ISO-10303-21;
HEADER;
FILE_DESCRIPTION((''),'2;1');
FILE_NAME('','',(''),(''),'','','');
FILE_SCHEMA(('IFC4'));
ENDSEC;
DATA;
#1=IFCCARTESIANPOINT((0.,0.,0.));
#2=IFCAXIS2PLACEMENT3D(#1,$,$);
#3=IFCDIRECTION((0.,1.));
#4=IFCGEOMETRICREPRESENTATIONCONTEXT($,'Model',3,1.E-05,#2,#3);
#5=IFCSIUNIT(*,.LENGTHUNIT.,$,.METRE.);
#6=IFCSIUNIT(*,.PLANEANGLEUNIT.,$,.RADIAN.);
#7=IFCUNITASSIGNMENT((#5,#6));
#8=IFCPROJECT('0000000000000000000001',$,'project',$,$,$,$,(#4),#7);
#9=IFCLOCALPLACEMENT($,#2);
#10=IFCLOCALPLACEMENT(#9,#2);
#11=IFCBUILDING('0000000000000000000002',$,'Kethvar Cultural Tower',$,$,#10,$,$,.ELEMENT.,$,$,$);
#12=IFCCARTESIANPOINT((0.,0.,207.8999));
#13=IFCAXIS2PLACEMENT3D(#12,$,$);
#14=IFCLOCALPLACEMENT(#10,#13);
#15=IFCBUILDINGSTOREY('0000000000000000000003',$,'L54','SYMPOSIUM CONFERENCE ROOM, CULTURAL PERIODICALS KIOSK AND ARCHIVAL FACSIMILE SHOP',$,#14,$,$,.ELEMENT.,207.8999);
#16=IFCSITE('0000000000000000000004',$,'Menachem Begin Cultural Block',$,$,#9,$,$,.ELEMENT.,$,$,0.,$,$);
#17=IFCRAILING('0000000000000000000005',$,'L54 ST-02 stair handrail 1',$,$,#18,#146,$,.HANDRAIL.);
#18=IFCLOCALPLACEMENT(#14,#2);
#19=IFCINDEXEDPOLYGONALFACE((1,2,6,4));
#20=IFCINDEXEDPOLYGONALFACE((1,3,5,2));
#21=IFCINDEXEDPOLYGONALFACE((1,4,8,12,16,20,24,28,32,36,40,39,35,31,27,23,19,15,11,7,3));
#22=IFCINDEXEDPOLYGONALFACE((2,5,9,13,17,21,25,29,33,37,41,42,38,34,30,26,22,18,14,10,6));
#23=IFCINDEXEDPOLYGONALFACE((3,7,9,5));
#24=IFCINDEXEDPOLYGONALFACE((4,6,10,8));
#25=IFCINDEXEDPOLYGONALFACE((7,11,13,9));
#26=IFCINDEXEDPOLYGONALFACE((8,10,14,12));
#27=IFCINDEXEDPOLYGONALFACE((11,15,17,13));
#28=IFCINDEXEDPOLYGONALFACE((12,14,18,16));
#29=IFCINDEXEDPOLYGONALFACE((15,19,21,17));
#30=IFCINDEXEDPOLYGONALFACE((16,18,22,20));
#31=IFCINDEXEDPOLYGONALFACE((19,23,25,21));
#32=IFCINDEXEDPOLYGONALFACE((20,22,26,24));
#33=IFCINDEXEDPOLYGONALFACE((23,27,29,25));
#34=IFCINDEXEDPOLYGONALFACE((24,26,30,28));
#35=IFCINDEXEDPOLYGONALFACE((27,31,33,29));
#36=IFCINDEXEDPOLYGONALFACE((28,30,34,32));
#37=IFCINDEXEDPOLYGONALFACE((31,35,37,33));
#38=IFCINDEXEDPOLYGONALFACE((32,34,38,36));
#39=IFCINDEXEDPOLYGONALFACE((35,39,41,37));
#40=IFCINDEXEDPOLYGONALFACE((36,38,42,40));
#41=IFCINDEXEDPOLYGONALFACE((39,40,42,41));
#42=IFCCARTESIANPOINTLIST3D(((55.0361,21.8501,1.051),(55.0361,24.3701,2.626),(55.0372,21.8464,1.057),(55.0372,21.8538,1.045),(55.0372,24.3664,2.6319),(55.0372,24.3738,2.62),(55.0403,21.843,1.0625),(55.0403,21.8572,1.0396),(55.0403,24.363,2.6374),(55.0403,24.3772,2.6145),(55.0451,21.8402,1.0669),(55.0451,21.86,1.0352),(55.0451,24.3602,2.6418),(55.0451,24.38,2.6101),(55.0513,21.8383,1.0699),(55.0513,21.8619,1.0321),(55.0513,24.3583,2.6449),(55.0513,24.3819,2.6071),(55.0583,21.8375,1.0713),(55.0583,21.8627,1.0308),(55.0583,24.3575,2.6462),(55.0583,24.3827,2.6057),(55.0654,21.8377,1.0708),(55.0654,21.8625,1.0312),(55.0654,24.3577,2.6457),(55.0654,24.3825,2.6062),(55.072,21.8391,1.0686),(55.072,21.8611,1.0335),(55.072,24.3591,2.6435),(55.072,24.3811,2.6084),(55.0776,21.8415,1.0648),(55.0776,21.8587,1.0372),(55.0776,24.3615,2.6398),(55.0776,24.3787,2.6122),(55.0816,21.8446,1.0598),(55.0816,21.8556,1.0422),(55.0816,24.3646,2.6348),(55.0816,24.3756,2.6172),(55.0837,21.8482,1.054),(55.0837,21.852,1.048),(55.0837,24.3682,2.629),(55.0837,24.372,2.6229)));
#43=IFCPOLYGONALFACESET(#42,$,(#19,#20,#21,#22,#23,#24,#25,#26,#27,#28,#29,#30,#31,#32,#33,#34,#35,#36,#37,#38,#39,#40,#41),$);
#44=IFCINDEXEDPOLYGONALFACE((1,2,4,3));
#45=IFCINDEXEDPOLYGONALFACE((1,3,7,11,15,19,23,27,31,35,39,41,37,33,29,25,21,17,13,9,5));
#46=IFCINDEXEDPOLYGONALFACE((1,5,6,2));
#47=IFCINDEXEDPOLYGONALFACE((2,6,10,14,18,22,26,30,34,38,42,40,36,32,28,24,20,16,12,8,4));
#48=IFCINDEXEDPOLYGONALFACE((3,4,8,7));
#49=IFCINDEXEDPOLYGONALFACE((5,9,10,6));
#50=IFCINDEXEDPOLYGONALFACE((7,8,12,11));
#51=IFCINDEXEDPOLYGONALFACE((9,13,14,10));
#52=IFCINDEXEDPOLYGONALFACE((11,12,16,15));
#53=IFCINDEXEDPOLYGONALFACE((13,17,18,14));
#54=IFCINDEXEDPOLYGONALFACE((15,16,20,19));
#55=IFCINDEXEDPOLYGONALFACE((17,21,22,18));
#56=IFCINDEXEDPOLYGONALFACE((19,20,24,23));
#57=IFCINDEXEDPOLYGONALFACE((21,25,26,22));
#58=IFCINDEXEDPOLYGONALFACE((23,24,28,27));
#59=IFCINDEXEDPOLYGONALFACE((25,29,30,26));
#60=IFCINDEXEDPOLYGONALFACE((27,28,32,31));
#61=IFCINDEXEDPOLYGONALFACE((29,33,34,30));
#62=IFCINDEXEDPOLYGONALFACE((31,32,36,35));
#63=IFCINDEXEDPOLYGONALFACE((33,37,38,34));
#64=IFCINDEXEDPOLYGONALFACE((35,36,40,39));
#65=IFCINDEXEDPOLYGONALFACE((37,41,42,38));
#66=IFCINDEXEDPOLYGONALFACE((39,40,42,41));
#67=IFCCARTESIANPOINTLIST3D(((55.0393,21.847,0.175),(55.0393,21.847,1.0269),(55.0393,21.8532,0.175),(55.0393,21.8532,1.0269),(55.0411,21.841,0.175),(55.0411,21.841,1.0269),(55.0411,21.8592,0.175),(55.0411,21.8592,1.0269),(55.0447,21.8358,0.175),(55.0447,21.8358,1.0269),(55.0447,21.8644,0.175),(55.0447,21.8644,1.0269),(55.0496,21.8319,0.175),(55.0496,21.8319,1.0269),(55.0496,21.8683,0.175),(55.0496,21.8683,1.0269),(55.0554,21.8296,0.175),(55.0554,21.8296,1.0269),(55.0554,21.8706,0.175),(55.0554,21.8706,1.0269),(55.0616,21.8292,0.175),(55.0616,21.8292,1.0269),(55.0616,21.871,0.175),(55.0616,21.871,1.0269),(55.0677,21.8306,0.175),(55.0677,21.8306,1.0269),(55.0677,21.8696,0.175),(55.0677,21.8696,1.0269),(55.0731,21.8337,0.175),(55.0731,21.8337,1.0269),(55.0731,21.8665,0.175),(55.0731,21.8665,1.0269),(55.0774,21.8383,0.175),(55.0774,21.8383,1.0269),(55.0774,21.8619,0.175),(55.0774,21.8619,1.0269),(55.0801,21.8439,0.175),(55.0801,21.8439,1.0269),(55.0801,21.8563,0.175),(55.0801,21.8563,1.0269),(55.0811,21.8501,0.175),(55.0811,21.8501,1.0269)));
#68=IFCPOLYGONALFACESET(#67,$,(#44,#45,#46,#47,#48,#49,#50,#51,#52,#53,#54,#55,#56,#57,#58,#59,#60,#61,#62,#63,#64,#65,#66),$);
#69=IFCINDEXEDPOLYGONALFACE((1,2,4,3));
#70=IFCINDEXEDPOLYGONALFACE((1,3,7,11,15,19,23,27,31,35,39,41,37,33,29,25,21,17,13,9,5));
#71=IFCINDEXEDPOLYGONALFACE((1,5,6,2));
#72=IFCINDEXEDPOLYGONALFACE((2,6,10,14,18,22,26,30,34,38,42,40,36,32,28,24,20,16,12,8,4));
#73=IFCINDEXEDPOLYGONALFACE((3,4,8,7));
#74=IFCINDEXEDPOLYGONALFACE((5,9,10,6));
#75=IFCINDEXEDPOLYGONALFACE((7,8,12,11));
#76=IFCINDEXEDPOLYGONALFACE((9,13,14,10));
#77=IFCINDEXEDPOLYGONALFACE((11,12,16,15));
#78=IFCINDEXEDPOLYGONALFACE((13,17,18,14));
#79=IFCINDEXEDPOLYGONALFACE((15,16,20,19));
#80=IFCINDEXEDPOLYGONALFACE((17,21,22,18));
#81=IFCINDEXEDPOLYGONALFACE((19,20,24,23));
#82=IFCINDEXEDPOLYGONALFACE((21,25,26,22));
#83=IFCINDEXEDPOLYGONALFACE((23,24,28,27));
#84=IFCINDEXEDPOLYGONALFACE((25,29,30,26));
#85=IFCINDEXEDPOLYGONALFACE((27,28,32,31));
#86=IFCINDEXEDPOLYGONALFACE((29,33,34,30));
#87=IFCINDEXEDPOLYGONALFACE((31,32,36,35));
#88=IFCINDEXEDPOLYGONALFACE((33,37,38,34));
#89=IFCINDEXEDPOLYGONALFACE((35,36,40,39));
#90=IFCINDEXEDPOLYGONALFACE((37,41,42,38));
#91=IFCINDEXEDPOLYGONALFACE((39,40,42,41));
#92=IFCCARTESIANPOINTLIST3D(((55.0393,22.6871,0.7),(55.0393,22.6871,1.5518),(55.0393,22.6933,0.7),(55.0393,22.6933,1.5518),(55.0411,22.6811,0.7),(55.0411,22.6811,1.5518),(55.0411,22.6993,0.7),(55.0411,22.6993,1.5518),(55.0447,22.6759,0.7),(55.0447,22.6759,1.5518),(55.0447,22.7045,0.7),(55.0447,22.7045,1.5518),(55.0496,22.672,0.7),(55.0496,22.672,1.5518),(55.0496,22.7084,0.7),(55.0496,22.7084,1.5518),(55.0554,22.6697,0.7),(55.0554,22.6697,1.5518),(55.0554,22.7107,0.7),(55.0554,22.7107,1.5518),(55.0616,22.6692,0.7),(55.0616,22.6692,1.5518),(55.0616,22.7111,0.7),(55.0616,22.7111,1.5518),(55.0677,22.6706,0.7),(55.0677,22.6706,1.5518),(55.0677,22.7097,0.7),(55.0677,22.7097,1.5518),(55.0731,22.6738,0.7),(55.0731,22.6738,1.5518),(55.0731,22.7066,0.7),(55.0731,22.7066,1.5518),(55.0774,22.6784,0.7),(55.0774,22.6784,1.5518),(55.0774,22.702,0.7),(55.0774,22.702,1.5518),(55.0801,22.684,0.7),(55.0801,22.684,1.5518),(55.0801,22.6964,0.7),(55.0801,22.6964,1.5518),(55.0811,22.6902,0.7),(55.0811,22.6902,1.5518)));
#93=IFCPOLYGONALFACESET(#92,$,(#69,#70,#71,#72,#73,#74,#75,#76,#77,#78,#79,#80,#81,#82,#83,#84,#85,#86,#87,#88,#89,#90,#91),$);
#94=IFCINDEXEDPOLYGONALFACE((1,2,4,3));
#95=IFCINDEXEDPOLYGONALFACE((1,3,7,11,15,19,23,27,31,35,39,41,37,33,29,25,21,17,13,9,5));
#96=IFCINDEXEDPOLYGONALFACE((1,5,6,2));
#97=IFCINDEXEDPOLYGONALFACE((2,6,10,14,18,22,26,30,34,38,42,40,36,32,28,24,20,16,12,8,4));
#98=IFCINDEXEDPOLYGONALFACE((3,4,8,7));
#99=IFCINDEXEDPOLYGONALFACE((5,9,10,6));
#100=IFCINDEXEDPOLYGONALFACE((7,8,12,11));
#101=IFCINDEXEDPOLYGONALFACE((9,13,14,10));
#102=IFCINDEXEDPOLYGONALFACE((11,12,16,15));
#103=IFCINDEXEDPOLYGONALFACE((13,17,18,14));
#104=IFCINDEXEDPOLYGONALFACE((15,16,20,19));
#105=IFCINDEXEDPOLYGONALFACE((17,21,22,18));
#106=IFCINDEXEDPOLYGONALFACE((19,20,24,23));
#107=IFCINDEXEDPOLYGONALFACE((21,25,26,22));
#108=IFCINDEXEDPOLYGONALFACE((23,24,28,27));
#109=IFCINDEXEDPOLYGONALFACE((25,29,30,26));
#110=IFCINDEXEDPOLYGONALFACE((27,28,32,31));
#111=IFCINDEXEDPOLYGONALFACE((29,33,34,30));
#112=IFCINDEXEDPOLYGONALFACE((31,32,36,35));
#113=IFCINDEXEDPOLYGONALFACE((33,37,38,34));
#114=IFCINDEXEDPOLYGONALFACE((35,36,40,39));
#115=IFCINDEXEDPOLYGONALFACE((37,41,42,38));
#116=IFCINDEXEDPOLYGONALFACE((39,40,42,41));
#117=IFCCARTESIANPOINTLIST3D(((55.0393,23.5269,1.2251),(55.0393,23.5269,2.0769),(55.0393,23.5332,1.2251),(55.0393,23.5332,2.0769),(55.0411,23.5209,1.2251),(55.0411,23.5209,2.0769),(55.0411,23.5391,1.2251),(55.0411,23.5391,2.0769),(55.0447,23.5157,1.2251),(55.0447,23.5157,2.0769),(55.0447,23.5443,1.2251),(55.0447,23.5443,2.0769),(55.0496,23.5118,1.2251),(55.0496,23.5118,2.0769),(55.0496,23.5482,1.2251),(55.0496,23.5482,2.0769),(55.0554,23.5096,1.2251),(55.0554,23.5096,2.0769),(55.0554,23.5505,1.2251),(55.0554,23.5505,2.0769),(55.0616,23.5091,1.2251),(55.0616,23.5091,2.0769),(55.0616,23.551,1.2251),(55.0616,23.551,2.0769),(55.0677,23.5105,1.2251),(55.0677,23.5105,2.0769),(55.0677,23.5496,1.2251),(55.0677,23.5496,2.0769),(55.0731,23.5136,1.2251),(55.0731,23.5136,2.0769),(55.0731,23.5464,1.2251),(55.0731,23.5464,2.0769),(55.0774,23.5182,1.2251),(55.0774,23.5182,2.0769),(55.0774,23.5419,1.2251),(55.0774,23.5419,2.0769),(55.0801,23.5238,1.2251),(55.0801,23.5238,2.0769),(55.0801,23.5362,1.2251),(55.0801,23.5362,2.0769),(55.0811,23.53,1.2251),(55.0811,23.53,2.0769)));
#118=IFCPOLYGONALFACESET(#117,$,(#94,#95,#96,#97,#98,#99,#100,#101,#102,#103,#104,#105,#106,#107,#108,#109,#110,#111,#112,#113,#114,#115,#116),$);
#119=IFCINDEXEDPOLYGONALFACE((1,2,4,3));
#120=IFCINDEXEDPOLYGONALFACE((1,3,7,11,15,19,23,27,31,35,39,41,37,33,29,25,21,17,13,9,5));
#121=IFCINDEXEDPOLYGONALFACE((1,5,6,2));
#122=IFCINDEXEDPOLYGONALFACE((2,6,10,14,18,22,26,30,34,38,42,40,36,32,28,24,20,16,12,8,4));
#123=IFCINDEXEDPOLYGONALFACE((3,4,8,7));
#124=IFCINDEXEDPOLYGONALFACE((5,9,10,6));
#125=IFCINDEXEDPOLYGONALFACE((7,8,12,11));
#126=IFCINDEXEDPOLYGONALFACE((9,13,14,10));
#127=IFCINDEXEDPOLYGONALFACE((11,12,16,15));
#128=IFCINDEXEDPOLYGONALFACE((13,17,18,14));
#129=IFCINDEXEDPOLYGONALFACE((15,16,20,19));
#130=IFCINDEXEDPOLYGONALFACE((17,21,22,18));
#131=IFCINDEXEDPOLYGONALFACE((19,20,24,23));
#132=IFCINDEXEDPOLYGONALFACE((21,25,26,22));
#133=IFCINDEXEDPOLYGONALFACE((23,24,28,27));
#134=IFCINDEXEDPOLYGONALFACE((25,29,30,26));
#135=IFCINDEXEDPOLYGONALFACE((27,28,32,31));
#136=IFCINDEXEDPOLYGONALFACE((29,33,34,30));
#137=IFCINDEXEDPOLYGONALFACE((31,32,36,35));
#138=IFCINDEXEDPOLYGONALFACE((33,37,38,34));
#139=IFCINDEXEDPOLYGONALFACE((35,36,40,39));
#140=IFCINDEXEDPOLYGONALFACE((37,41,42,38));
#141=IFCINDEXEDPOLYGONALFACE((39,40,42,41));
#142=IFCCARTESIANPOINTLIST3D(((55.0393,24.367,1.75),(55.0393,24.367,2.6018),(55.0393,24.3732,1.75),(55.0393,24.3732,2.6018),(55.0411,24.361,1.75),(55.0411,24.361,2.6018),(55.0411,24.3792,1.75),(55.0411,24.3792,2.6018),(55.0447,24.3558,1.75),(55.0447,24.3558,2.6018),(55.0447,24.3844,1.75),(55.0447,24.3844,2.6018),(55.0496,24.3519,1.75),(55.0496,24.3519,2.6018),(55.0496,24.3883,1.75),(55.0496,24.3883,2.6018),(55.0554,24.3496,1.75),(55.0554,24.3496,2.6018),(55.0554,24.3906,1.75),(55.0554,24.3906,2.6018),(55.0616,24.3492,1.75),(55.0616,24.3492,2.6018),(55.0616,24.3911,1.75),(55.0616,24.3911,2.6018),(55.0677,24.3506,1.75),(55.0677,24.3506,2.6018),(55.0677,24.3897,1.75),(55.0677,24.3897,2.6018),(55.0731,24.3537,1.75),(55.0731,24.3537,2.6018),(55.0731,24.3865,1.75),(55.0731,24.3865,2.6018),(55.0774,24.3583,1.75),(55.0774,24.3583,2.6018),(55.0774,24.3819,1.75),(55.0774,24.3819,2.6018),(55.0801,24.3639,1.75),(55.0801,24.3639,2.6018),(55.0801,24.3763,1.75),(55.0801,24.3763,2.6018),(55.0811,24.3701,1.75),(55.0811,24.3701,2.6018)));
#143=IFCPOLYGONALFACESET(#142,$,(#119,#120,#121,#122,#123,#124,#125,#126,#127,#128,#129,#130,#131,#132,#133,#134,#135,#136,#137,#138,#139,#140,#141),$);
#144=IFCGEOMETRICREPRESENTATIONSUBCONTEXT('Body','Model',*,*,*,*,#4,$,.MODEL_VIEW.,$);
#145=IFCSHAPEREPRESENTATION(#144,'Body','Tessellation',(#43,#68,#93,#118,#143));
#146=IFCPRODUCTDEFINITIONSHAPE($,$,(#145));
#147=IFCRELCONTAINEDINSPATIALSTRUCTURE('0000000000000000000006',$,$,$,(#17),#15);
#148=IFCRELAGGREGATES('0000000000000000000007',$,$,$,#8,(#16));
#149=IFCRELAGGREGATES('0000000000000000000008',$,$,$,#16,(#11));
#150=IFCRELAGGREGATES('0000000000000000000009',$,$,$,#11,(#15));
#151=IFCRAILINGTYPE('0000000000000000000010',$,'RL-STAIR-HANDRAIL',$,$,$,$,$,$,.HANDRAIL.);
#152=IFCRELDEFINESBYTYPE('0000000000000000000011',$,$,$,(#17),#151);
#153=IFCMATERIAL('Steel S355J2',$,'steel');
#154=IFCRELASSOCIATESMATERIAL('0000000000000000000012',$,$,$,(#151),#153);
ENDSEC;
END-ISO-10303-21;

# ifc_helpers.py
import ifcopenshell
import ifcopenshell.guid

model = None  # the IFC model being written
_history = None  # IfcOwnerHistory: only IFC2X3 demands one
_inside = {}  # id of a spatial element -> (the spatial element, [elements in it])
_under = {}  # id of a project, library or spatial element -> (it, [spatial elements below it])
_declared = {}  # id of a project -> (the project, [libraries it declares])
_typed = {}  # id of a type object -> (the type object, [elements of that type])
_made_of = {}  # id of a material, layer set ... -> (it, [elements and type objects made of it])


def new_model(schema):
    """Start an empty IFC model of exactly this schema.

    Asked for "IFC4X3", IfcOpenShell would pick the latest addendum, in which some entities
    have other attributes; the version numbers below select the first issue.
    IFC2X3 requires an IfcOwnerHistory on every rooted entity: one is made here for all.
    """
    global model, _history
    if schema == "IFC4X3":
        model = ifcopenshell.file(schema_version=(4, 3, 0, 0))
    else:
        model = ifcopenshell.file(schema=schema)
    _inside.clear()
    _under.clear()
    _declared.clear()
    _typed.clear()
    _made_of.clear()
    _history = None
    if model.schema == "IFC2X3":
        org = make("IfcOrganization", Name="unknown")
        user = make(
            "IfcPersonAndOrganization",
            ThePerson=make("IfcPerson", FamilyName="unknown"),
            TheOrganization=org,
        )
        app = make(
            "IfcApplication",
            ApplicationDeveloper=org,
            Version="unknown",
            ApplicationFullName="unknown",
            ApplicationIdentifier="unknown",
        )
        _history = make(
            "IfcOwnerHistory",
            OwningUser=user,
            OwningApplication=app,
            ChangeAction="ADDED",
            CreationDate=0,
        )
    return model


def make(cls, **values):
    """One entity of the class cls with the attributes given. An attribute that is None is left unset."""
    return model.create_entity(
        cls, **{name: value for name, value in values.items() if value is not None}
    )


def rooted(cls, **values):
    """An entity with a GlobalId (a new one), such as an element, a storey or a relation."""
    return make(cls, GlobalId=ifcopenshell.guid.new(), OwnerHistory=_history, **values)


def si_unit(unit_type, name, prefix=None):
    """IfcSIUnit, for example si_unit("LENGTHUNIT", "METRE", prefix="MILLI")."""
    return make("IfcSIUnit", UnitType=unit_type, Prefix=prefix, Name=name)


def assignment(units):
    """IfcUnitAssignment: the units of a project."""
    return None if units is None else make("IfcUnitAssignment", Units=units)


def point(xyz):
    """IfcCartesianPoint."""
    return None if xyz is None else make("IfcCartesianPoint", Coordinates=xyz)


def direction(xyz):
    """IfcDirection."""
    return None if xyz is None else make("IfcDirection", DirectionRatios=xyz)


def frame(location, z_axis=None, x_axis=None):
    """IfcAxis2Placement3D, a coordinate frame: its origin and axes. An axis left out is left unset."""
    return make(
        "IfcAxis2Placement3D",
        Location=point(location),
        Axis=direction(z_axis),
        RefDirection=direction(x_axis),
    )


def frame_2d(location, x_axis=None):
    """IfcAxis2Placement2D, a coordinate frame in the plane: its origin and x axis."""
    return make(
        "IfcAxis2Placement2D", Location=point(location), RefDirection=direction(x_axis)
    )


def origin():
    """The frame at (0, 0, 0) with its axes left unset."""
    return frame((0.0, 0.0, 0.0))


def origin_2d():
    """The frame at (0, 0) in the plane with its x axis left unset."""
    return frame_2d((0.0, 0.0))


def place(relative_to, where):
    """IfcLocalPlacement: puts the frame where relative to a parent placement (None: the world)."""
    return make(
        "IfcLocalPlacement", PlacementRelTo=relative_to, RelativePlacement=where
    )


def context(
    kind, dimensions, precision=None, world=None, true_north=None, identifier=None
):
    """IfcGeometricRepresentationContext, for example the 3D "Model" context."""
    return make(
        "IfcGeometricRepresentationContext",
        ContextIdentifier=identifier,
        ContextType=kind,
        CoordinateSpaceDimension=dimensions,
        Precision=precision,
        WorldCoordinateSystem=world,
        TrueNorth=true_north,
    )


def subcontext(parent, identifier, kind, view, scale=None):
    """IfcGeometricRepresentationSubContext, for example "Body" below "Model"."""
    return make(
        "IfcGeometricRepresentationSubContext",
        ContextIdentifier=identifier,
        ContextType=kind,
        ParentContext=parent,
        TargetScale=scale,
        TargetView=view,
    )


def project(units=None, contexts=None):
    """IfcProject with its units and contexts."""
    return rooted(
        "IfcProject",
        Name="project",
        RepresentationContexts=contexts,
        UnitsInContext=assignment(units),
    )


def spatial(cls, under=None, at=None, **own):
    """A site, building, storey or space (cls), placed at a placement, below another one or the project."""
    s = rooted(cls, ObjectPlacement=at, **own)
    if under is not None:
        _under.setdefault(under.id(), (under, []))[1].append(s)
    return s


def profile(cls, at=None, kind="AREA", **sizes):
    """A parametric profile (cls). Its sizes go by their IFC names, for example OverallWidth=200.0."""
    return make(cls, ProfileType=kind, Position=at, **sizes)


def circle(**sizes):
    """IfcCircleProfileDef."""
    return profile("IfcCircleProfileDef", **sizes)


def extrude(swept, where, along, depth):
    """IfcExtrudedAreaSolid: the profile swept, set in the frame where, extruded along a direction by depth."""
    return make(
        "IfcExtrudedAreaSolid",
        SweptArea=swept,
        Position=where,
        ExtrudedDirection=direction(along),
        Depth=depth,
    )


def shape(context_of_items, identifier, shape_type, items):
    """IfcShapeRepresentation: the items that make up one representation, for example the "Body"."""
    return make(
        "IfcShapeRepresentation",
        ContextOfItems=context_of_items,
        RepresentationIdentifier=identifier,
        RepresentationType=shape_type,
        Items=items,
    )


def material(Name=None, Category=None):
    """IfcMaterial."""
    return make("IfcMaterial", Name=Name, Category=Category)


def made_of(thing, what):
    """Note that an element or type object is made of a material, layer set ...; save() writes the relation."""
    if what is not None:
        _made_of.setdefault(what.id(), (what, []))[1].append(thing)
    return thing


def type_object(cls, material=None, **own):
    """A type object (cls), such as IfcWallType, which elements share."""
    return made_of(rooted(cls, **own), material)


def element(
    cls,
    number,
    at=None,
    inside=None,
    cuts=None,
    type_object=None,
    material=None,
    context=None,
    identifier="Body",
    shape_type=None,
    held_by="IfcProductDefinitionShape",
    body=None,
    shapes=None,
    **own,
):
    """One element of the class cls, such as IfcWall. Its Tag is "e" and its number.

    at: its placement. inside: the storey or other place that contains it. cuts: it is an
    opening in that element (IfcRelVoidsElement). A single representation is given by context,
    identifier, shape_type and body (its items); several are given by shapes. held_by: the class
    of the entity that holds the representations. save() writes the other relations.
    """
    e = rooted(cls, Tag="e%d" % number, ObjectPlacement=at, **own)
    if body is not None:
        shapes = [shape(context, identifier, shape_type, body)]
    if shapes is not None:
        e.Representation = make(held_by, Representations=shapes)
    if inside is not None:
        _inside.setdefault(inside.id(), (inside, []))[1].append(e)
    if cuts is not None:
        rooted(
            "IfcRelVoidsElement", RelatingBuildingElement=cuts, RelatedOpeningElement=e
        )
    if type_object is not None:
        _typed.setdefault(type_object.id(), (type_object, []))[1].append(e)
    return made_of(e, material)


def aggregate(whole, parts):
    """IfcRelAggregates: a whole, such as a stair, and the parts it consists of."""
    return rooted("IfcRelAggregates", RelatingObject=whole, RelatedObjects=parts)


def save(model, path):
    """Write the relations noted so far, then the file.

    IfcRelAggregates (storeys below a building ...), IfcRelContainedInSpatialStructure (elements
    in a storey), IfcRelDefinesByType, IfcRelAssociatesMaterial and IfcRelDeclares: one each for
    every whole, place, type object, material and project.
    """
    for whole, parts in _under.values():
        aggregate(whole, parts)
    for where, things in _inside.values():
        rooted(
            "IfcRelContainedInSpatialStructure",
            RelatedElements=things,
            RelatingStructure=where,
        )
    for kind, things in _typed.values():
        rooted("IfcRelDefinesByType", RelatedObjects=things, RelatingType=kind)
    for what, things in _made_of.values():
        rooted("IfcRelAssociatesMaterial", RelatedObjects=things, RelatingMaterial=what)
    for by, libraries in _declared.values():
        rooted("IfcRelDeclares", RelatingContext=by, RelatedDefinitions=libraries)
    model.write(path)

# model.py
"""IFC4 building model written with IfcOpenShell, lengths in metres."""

from ifc_helpers import new_model, si_unit, direction, frame, origin, origin_2d, place, context, subcontext, project, spatial, circle, extrude, material, type_object, element, save


model = new_model("IFC4")

# Units and contexts
model_context = context("Model", 3, precision=1e-05, world=origin(), true_north=direction((0.0, 1.0)))
body_context = subcontext(model_context, "Body", "Model", "MODEL_VIEW")
ifc_project = project(units=[si_unit("LENGTHUNIT", "METRE"), si_unit("PLANEANGLEUNIT", "RADIAN")], contexts=[model_context])

# Site, building, storey
site_placement = place(None, origin())
site = spatial("IfcSite", under=ifc_project, at=site_placement, Name="Menachem Begin Cultural Block", CompositionType="ELEMENT", RefElevation=0.0)
building_placement = place(site_placement, origin())
building = spatial("IfcBuilding", under=site, at=building_placement, Name="Kethvar Cultural Tower", CompositionType="ELEMENT")
storey_placement = place(building_placement, frame((0.0, 0.0, 207.8999)))
storey = spatial("IfcBuildingStorey", under=building, at=storey_placement, Name="L54", Description="SYMPOSIUM CONFERENCE ROOM, CULTURAL PERIODICALS KIOSK AND ARCHIVAL FACSIMILE SHOP", CompositionType="ELEMENT", Elevation=207.8999)

# Shared definitions
ifc_material_1 = material(Name="Steel S355J2", Category="steel")

# Railing
railing_type_1 = type_object("IfcRailingType", Name="RL-STAIR-HANDRAIL", PredefinedType="HANDRAIL", material=ifc_material_1)
railing_1_placement = place(storey_placement, frame((55.0601, 21.8501, 0.175)))
element("IfcRailing", 1, at=railing_1_placement, inside=storey, type_object=railing_type_1, Name="L54 ST-02 stair handrail 1", PredefinedType="HANDRAIL", context=body_context, shape_type="SweptSolid", body=[
    extrude(circle(Radius=0.0239, at=origin_2d()), frame((0.0, 0.0, 0.876), z_axis=(0.0, 0.848008, 0.529984), x_axis=(-1.0, 0.0, 0.0)), (0.0, 0.0, 1.0), 2.9717),
    extrude(circle(Radius=0.021, at=origin_2d()), origin(), (0.0, 0.0, 1.0), 0.8518),
    extrude(circle(Radius=0.021, at=origin_2d()), frame((0.0, 0.8401, 0.5249)), (0.0, 0.0, 1.0), 0.8518),
    extrude(circle(Radius=0.021, at=origin_2d()), frame((0.0, 1.6799, 1.05)), (0.0, 0.0, 1.0), 0.8518),
    extrude(circle(Radius=0.021, at=origin_2d()), frame((0.0, 2.52, 1.575)), (0.0, 0.0, 1.0), 0.8518),
])

save(model, "model.ifc")
